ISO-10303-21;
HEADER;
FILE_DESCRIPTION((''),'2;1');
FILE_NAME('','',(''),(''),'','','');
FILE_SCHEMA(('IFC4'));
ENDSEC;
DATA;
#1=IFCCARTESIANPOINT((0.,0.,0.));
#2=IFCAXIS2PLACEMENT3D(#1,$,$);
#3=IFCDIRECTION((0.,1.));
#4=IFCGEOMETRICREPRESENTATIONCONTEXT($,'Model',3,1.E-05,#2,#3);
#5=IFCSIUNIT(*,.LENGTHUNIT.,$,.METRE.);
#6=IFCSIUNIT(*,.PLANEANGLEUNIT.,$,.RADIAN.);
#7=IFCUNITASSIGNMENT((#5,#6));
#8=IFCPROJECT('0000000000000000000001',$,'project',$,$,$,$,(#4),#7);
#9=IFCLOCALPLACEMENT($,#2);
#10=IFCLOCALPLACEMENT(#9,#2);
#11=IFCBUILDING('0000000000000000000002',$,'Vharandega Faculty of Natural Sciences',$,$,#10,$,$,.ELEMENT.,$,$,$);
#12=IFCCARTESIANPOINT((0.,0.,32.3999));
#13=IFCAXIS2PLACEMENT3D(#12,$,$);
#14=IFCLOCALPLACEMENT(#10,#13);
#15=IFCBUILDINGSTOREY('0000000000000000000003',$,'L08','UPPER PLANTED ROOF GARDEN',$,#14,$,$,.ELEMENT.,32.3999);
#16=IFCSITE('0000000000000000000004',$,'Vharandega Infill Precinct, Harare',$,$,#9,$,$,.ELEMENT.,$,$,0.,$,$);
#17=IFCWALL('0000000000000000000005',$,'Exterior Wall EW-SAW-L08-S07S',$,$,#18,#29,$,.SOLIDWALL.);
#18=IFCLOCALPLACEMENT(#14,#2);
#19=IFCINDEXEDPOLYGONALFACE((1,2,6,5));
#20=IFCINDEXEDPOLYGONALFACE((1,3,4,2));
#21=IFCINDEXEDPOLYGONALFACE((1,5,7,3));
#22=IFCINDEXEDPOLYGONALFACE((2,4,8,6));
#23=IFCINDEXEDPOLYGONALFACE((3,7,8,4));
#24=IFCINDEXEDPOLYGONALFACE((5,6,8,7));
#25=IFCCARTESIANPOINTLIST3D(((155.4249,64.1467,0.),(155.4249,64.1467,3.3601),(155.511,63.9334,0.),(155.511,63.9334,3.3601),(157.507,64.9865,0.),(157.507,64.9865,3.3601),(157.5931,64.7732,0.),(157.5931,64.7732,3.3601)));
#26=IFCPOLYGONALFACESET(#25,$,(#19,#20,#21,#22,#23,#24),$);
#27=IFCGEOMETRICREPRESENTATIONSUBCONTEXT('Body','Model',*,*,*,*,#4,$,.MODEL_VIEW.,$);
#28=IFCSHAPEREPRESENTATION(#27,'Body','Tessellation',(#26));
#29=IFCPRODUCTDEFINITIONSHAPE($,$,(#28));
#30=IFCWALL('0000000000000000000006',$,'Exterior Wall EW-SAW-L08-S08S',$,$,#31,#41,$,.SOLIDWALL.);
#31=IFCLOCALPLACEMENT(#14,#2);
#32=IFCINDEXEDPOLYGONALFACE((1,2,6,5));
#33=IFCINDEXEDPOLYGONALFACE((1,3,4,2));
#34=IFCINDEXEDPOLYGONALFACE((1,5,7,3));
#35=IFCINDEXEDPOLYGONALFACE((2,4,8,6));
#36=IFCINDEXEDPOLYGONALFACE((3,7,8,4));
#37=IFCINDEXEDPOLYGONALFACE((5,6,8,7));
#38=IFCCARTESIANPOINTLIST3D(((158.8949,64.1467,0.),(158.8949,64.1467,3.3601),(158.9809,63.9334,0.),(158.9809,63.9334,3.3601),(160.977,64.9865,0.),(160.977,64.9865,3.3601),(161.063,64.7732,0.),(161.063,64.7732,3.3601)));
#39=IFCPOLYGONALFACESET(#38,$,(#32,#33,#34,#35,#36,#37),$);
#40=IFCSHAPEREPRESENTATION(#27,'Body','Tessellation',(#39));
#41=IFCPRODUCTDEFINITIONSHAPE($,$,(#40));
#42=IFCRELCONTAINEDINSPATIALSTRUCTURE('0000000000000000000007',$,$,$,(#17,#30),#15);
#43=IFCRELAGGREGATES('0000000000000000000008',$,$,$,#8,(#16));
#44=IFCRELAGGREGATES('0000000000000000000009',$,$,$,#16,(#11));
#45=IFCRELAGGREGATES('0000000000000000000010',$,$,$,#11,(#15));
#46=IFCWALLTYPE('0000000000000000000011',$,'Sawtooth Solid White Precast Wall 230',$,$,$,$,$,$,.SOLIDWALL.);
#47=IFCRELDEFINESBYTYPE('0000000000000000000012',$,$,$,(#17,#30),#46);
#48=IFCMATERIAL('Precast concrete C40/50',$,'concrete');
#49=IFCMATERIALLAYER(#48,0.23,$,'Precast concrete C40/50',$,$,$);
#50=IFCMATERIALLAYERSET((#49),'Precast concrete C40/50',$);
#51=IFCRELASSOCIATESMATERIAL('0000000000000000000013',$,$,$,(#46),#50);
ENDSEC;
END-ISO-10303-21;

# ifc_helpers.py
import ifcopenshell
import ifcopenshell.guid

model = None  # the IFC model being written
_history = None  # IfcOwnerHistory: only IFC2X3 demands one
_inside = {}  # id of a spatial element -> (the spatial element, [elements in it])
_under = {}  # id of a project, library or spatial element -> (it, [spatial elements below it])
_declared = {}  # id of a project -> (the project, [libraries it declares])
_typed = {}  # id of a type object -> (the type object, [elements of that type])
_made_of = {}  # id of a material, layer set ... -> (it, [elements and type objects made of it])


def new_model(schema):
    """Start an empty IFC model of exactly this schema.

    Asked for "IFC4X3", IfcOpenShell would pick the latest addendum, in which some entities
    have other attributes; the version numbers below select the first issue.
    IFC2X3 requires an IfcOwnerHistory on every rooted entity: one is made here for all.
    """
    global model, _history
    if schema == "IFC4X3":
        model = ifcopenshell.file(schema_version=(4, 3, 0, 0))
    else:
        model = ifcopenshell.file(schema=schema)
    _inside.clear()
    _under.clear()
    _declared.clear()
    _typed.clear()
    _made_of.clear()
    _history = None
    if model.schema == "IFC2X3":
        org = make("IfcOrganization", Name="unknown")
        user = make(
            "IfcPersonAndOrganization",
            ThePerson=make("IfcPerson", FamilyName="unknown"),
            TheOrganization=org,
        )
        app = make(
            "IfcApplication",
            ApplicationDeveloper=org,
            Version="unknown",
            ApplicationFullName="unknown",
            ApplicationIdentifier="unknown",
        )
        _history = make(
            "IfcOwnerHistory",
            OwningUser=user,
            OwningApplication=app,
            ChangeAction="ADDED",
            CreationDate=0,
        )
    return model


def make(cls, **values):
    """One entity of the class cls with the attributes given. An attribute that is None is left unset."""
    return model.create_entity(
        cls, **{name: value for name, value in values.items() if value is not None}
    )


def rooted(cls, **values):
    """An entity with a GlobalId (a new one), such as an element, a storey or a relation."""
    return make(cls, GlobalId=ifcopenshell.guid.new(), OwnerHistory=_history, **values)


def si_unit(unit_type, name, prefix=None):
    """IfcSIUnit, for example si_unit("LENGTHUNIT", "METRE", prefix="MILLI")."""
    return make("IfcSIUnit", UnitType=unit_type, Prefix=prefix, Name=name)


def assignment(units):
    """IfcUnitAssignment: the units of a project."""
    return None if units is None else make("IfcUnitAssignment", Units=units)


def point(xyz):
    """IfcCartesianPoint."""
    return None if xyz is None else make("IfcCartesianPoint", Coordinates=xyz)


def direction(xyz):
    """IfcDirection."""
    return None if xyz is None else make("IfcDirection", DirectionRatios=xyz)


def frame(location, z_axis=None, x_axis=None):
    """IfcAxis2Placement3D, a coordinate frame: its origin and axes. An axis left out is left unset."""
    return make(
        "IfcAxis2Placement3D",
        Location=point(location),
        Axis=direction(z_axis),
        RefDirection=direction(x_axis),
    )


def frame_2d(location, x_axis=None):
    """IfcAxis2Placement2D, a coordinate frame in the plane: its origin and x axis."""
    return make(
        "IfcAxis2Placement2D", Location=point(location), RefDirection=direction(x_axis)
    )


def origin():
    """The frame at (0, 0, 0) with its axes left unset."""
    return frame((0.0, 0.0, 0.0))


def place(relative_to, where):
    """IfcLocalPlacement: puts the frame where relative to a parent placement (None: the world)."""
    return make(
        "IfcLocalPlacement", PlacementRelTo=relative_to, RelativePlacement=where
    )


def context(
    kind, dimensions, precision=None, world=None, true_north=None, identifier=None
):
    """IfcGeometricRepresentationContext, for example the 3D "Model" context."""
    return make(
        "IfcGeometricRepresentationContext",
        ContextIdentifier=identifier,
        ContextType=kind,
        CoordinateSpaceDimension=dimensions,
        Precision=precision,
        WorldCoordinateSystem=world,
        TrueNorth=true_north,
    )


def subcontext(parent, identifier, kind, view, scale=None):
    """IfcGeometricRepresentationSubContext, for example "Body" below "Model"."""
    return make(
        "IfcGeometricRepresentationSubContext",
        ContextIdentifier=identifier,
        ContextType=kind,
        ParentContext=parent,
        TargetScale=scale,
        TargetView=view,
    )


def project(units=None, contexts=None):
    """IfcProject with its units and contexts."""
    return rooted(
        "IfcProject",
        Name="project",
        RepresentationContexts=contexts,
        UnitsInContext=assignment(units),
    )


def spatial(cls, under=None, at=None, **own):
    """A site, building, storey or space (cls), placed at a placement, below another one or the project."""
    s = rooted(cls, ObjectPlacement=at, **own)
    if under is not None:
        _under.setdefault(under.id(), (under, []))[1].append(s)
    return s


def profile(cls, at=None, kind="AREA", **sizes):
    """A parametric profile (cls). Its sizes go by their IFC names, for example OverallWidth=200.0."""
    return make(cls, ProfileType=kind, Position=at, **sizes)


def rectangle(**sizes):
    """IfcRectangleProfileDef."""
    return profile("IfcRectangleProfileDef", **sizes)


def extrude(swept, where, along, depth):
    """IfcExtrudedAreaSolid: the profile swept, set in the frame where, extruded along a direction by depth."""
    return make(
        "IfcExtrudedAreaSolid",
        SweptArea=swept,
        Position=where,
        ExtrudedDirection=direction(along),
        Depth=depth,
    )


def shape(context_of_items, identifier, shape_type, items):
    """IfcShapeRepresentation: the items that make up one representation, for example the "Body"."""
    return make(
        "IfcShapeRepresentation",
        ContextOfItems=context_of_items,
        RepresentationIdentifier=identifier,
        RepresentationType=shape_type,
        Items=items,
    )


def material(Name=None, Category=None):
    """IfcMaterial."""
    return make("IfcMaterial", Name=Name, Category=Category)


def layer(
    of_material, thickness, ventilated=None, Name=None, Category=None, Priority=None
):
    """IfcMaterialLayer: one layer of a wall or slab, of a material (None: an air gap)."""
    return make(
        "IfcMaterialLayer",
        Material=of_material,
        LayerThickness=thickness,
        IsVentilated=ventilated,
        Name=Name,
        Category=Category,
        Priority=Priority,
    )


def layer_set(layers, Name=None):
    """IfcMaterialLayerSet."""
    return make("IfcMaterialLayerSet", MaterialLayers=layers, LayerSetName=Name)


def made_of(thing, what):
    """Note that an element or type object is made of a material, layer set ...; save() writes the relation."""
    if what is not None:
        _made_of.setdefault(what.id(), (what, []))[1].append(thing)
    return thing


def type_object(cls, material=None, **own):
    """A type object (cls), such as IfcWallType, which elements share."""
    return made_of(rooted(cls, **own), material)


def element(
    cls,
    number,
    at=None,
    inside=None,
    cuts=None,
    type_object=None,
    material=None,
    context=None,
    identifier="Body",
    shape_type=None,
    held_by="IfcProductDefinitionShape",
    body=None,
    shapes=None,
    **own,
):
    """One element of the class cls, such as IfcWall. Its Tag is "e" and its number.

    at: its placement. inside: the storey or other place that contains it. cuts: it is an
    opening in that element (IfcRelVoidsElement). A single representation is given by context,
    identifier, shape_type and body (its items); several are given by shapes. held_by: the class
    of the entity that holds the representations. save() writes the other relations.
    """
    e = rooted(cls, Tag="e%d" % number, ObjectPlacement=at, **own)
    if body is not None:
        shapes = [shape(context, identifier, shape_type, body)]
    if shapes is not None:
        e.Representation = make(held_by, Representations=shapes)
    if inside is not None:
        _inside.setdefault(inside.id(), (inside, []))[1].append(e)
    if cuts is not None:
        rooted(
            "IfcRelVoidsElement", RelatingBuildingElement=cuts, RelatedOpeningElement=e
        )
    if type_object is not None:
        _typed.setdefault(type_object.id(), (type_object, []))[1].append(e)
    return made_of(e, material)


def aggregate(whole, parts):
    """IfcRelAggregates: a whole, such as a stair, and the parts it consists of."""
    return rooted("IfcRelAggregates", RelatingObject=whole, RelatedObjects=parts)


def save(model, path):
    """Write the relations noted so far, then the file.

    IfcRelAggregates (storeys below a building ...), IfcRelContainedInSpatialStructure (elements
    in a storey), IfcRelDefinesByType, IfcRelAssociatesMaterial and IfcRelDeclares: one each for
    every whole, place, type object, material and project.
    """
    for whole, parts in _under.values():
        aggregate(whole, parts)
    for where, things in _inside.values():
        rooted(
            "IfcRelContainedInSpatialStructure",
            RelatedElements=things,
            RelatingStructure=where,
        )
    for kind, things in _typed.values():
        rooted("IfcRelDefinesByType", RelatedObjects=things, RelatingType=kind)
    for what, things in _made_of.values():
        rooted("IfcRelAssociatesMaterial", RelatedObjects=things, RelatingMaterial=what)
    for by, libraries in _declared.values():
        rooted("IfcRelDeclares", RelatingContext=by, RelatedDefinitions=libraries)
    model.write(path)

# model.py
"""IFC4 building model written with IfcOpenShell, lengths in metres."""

from ifc_helpers import new_model, si_unit, direction, frame, frame_2d, origin, place, context, subcontext, project, spatial, rectangle, extrude, material, layer, layer_set, type_object, element, save


model = new_model("IFC4")

# Units and contexts
model_context = context("Model", 3, precision=1e-05, world=origin(), true_north=direction((0.0, 1.0)))
body_context = subcontext(model_context, "Body", "Model", "MODEL_VIEW")
ifc_project = project(units=[si_unit("LENGTHUNIT", "METRE"), si_unit("PLANEANGLEUNIT", "RADIAN")], contexts=[model_context])

# Site, building, storey
site_placement = place(None, origin())
site = spatial("IfcSite", under=ifc_project, at=site_placement, Name="Vharandega Infill Precinct, Harare", CompositionType="ELEMENT", RefElevation=0.0)
building_placement = place(site_placement, origin())
building = spatial("IfcBuilding", under=site, at=building_placement, Name="Vharandega Faculty of Natural Sciences", CompositionType="ELEMENT")
storey_placement = place(building_placement, frame((0.0, 0.0, 32.3999)))
storey = spatial("IfcBuildingStorey", under=building, at=storey_placement, Name="L08", Description="UPPER PLANTED ROOF GARDEN", CompositionType="ELEMENT", Elevation=32.3999)

# Walls
ifc_material_1 = material(Name="Precast concrete C40/50", Category="concrete")
ifc_layer_1 = layer(ifc_material_1, 0.23, Name="Precast concrete C40/50")
ifc_layer_set_1 = layer_set([ifc_layer_1], Name="Precast concrete C40/50")
wall_type_1 = type_object("IfcWallType", Name="Sawtooth Solid White Precast Wall 230", PredefinedType="SOLIDWALL", material=ifc_layer_set_1)
for number, where, z_axis, x_axis, name in (
    (1, (157.55, 64.8799, 0.0), (0.0, 0.0, 1.0), (-0.927393, -0.374089, 0.0), "Exterior Wall EW-SAW-L08-S07S"),
    (2, (161.02, 64.8799, 0.0), (0.0, 0.0, 1.0), (-0.927393, -0.374089, 0.0), "Exterior Wall EW-SAW-L08-S08S"),
):
    element("IfcWall", number, at=place(storey_placement, frame(where, z_axis=z_axis, x_axis=x_axis)), inside=storey, type_object=wall_type_1, Name=name, PredefinedType="SOLIDWALL", context=body_context, shape_type="SweptSolid", body=[
        extrude(rectangle(XDim=2.2451, YDim=0.23, at=frame_2d((1.1226, 0.0))), origin(), (0.0, 0.0, 1.0), 3.3601),
    ])

save(model, "model.ifc")
